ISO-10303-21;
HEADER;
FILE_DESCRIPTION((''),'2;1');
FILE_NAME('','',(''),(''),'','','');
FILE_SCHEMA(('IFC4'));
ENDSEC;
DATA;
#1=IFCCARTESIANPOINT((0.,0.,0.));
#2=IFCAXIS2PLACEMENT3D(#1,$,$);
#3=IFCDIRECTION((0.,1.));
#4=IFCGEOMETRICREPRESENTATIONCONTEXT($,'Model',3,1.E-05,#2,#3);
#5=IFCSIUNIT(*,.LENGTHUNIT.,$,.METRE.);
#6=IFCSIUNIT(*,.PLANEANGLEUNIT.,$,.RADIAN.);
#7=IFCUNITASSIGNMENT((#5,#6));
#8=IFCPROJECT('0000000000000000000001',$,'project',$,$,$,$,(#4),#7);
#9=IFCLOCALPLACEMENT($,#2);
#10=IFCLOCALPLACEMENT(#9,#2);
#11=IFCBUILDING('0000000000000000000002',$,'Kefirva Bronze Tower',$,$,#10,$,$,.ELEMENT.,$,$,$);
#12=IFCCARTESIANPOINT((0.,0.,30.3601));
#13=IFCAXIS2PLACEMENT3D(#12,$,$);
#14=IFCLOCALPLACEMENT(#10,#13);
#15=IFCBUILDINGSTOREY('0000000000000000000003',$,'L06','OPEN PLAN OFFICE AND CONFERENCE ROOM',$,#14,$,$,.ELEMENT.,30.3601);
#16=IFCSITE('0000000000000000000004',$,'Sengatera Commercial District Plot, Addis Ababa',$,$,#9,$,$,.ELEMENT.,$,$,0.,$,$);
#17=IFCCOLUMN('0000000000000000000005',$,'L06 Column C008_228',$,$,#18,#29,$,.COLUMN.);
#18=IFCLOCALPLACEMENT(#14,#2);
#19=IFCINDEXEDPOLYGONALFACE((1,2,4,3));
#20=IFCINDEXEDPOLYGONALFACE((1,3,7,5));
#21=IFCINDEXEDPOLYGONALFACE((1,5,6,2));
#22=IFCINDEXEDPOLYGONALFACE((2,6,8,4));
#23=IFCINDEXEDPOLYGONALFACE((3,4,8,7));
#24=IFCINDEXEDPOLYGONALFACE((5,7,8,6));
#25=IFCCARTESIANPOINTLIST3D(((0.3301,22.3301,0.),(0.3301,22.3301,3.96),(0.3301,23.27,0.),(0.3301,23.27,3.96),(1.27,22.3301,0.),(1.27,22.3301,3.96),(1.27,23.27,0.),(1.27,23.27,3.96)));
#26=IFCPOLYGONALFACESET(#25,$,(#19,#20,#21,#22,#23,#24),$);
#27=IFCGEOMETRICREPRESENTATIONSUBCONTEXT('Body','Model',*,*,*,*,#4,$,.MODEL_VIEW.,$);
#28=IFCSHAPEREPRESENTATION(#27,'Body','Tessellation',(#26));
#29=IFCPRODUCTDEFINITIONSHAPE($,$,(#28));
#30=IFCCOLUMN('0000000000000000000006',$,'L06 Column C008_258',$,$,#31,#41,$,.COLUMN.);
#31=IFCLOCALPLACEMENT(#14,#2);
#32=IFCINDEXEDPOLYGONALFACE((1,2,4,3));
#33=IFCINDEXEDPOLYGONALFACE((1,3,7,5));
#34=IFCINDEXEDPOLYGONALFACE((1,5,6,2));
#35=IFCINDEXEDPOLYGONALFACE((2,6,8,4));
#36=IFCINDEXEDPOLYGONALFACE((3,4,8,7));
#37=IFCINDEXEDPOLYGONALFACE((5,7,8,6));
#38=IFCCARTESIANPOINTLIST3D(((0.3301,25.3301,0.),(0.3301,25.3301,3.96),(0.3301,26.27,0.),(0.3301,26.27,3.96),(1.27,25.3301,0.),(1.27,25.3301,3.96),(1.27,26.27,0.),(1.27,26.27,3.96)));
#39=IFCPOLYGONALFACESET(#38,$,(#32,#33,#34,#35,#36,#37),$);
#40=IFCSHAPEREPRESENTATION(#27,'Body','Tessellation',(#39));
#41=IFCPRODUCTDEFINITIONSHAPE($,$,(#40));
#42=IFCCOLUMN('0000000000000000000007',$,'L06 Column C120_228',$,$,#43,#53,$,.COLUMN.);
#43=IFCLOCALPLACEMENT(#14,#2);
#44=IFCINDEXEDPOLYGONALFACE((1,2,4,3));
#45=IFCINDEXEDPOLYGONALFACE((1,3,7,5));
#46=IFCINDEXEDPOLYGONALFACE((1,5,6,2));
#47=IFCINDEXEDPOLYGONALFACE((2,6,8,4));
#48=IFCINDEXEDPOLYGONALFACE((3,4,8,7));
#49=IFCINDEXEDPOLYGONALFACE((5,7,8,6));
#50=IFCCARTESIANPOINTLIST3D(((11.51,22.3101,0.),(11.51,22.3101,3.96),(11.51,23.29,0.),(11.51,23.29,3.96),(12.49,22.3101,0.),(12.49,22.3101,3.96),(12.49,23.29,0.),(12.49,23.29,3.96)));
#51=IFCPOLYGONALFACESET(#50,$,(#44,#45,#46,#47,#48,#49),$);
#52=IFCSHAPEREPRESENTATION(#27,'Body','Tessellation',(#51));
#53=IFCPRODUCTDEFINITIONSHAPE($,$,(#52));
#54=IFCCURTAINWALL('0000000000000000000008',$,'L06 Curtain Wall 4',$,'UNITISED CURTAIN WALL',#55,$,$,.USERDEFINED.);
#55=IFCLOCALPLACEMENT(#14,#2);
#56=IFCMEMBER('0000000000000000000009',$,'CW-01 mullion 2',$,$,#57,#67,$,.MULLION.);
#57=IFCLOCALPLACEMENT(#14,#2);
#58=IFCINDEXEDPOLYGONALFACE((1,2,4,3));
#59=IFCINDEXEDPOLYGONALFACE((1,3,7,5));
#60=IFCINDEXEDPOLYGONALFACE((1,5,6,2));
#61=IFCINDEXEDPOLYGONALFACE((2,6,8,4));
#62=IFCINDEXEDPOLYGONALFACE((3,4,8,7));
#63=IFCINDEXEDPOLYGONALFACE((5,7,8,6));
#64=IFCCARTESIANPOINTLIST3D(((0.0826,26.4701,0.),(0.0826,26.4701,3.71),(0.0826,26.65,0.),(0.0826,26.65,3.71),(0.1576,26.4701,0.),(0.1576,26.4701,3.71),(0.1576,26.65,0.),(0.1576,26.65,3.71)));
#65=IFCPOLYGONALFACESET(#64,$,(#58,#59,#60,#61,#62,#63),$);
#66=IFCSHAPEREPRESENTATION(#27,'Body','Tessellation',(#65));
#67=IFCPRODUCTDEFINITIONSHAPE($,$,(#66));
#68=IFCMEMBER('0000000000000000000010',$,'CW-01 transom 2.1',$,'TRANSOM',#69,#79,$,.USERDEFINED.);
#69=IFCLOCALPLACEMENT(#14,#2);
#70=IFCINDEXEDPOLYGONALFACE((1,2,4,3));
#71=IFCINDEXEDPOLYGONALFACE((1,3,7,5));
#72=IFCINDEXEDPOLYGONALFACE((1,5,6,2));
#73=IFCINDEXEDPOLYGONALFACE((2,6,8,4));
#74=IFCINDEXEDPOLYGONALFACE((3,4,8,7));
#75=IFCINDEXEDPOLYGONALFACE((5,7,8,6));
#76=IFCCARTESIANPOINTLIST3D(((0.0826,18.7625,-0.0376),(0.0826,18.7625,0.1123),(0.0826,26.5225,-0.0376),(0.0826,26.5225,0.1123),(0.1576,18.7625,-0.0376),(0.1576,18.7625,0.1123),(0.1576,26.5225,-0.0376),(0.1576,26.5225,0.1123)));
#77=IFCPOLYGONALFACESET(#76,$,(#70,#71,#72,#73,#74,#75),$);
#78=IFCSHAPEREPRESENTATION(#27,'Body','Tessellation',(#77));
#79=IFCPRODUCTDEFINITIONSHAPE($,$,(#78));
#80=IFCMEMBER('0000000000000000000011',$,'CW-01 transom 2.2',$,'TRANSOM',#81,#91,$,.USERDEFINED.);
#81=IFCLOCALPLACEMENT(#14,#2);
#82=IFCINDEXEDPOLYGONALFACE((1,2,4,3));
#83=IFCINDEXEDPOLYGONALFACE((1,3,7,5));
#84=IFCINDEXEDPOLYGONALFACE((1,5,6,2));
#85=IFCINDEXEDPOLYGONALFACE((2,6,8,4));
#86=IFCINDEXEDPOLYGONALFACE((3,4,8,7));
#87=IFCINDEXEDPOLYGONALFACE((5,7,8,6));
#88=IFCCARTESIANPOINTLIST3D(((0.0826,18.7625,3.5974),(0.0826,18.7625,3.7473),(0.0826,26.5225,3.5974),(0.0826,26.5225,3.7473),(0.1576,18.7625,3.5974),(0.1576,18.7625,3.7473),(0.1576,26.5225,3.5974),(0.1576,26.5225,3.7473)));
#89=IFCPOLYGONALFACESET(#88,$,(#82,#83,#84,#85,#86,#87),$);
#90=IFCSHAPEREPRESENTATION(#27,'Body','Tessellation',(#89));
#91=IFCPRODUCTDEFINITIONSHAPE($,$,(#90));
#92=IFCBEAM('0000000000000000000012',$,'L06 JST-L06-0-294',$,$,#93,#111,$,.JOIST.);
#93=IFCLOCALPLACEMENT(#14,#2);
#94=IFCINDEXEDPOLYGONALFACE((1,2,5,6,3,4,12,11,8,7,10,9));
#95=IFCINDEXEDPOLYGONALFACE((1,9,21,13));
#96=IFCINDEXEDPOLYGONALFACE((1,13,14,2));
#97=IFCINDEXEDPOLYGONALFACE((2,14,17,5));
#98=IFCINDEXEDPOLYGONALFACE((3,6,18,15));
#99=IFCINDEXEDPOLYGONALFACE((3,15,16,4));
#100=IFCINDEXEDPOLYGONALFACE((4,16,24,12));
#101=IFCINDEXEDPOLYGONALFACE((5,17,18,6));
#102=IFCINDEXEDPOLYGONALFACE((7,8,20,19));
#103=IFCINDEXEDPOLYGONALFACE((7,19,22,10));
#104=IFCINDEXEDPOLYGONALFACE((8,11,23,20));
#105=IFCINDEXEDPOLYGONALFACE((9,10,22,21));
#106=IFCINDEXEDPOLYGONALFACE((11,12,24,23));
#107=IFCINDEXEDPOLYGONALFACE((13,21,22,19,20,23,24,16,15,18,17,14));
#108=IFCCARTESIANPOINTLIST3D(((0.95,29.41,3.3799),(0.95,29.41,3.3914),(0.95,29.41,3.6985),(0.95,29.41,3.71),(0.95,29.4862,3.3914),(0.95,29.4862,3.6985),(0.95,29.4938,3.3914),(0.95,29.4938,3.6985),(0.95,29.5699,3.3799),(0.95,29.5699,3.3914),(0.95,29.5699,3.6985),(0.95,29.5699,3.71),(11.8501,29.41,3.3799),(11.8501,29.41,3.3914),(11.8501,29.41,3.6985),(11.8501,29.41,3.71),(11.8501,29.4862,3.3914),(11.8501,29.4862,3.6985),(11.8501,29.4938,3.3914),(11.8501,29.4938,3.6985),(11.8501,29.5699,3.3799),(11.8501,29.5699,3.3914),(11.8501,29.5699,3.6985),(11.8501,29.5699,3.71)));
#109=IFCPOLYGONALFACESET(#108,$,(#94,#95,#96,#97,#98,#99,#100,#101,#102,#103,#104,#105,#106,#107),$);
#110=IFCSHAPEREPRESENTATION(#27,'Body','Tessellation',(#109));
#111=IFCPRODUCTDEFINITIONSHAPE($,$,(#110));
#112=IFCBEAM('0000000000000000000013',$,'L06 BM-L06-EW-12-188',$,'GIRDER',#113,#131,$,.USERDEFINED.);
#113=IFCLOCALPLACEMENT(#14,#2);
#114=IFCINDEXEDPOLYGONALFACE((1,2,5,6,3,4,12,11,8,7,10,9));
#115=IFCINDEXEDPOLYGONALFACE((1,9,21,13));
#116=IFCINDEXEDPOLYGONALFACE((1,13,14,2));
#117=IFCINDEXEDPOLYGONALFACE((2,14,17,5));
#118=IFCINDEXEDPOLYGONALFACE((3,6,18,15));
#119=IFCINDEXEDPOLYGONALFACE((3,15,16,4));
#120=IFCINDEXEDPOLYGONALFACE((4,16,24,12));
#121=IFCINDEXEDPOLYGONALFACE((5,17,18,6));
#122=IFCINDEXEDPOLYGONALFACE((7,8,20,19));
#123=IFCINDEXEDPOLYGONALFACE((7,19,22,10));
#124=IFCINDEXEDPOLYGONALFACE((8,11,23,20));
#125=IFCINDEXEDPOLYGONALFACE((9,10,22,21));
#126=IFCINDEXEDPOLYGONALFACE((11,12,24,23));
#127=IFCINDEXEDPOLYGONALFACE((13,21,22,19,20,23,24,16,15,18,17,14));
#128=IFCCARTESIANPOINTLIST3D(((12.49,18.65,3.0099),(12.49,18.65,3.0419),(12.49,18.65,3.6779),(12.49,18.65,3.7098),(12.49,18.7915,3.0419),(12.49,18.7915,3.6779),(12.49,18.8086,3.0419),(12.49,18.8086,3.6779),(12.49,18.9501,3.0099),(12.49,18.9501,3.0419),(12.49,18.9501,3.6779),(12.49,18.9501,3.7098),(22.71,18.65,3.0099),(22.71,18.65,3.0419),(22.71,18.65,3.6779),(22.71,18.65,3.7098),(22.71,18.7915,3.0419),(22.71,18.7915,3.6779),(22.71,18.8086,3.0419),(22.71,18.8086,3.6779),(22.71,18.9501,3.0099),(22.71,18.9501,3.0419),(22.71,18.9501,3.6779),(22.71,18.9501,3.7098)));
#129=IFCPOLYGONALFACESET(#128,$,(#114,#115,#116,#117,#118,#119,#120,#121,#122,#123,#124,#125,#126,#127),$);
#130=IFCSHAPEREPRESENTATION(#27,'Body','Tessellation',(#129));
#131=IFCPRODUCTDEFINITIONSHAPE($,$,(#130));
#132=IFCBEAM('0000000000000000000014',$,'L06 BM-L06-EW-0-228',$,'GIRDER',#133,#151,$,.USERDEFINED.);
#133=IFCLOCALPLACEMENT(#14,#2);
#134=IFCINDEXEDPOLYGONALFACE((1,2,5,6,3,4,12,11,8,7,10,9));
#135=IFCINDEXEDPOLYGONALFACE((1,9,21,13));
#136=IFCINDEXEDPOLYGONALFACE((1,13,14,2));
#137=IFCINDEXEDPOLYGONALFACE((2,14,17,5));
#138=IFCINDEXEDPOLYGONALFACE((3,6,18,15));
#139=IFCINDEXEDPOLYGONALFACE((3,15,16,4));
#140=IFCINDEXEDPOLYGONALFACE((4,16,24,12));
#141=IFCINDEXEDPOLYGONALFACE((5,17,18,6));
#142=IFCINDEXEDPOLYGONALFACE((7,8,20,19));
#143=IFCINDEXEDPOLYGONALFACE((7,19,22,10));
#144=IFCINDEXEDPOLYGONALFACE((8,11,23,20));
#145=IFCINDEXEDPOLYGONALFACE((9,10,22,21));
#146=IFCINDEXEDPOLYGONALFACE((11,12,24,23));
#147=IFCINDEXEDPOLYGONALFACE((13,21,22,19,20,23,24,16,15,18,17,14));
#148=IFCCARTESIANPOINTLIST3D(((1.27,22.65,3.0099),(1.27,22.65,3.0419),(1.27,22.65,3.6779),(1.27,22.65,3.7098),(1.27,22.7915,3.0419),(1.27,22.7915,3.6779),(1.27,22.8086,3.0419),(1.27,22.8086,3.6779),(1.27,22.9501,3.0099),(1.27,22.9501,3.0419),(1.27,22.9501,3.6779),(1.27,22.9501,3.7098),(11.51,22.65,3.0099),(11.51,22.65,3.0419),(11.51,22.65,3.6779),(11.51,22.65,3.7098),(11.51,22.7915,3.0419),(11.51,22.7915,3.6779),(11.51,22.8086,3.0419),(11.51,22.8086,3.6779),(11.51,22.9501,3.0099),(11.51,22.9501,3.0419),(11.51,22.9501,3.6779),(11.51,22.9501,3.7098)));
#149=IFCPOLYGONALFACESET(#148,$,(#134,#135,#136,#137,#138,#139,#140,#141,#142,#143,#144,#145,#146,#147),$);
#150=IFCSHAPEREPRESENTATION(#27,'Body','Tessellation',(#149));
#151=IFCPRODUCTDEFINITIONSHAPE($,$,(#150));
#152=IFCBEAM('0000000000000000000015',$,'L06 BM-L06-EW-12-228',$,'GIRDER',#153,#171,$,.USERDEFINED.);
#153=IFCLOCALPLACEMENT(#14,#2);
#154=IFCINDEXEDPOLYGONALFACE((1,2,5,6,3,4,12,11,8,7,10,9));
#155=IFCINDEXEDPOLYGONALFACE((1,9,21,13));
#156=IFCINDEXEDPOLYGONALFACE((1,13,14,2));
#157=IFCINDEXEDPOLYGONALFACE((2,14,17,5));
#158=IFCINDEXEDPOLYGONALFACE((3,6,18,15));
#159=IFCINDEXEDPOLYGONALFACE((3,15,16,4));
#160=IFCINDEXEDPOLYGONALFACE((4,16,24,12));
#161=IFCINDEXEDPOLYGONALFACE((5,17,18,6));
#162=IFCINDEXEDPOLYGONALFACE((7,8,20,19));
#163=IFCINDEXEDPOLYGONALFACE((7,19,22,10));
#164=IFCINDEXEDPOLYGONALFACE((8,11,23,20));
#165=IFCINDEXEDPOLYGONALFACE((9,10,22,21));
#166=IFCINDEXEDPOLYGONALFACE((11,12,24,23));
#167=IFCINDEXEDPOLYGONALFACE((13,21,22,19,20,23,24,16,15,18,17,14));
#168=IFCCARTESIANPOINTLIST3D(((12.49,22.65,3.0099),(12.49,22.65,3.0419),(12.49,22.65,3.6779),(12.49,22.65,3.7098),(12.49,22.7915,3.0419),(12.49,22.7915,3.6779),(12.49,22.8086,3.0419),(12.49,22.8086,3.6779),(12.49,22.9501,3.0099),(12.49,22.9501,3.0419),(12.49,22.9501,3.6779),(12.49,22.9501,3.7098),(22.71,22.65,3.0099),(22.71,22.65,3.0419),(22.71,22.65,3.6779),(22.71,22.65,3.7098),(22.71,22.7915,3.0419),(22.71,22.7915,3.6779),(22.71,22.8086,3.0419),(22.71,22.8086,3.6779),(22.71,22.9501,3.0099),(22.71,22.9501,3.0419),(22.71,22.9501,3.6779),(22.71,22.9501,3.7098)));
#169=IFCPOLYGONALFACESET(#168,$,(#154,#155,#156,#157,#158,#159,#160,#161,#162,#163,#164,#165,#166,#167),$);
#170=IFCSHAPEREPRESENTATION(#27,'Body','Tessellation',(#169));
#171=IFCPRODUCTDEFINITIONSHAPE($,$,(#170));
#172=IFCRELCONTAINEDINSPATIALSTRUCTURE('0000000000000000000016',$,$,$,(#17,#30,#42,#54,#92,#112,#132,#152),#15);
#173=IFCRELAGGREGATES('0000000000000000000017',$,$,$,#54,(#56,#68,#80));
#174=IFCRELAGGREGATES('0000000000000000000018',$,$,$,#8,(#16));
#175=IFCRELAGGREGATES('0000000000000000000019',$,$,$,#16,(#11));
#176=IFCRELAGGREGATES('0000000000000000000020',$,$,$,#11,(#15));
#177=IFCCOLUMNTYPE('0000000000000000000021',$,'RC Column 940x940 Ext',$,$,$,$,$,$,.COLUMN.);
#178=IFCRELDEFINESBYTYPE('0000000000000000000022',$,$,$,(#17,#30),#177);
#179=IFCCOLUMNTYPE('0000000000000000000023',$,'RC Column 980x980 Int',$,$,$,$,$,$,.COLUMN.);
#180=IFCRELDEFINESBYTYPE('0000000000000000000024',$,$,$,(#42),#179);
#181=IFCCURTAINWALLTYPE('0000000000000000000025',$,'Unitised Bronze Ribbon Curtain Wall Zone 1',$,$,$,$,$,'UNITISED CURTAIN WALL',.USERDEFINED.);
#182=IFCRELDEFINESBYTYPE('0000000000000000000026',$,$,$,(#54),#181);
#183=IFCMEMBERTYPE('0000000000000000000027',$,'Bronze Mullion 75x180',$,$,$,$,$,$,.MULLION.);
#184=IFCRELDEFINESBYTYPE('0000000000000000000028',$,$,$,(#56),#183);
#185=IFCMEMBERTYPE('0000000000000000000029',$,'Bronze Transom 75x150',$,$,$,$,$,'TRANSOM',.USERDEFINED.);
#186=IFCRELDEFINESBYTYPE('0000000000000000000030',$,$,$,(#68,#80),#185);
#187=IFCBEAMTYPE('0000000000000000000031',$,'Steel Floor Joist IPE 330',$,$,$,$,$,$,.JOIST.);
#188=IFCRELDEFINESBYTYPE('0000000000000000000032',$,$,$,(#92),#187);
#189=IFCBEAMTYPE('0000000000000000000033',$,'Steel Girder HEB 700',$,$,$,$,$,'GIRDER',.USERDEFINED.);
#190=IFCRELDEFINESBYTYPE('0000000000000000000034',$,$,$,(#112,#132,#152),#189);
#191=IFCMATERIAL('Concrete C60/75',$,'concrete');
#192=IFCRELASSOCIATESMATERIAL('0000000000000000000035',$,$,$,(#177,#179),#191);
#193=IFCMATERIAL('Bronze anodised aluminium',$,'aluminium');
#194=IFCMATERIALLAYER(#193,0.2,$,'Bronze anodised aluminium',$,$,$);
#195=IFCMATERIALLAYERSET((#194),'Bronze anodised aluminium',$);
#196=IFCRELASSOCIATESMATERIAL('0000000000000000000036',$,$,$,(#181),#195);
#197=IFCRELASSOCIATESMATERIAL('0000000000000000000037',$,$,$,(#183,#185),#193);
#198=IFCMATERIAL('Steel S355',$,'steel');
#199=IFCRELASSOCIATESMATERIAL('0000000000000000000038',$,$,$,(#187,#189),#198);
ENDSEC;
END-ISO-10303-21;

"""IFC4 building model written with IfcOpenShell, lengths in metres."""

from ifc_helpers import new_model, si_unit, direction, frame, origin, origin_2d, place, context, subcontext, project, spatial, rectangle, i_section, extrude, material, layer, layer_set, material_profile, profile_set, type_object, element, aggregate, save


model = new_model("IFC4")

# Units and contexts
model_context = context("Model", 3, precision=1e-05, world=origin(), true_north=direction((0.0, 1.0)))
body_context = subcontext(model_context, "Body", "Model", "MODEL_VIEW")
ifc_project = project(units=[si_unit("LENGTHUNIT", "METRE"), si_unit("PLANEANGLEUNIT", "RADIAN")], contexts=[model_context])

# Site, building, storey
site_placement = place(None, origin())
site = spatial("IfcSite", under=ifc_project, at=site_placement, Name="Sengatera Commercial District Plot, Addis Ababa", CompositionType="ELEMENT", RefElevation=0.0)
building_placement = place(site_placement, origin())
building = spatial("IfcBuilding", under=site, at=building_placement, Name="Kefirva Bronze Tower", CompositionType="ELEMENT")
storey_placement = place(building_placement, frame((0.0, 0.0, 30.3601)))
storey = spatial("IfcBuildingStorey", under=building, at=storey_placement, Name="L06", Description="OPEN PLAN OFFICE AND CONFERENCE ROOM", CompositionType="ELEMENT", Elevation=30.3601)

# Columns
ifc_material_1 = material(Name="Concrete C60/75", Category="concrete")
ifc_material_profile_1 = material_profile(ifc_material_1, rectangle(XDim=0.9399, YDim=0.9399, at=origin_2d()), Name="RC 940x940")
ifc_profile_set_1 = profile_set([ifc_material_profile_1], Name="Concrete C60/75")
column_type_1 = type_object("IfcColumnType", Name="RC Column 940x940 Ext", PredefinedType="COLUMN", material=ifc_profile_set_1)
for number, where, z_axis, x_axis, name in (
    (1, (0.8, 22.8, 0.0), (0.0, 0.0, 1.0), (1.0, 0.0, 0.0), "L06 Column C008_228"),
    (2, (0.8, 25.8, 0.0), (0.0, 0.0, 1.0), (1.0, 0.0, 0.0), "L06 Column C008_258"),
):
    element("IfcColumn", number, at=place(storey_placement, frame(where, z_axis=z_axis, x_axis=x_axis)), inside=storey, type_object=column_type_1, Name=name, PredefinedType="COLUMN", context=body_context, shape_type="SweptSolid", body=[
        extrude(rectangle(XDim=0.9399, YDim=0.9399, at=origin_2d()), origin(), (0.0, 0.0, 1.0), 3.96),
    ])
ifc_material_profile_2 = material_profile(ifc_material_1, rectangle(XDim=0.98, YDim=0.98, at=origin_2d()), Name="RC 980x980")
ifc_profile_set_2 = profile_set([ifc_material_profile_2], Name="Concrete C60/75")
column_type_2 = type_object("IfcColumnType", Name="RC Column 980x980 Int", PredefinedType="COLUMN", material=ifc_profile_set_2)
column_placement = place(storey_placement, frame((12.0, 22.8, 0.0), z_axis=(0.0, 0.0, 1.0), x_axis=(1.0, 0.0, 0.0)))
element("IfcColumn", 3, at=column_placement, inside=storey, type_object=column_type_2, Name="L06 Column C120_228", PredefinedType="COLUMN", context=body_context, shape_type="SweptSolid", body=[
    extrude(rectangle(XDim=0.98, YDim=0.98, at=origin_2d()), origin(), (0.0, 0.0, 1.0), 3.96),
])

# Curtain wall, members
ifc_material_2 = material(Name="Bronze anodised aluminium", Category="aluminium")
ifc_layer_1 = layer(ifc_material_2, 0.2, Name="Bronze anodised aluminium")
ifc_layer_set_1 = layer_set([ifc_layer_1], Name="Bronze anodised aluminium")
curtain_wall_type = type_object("IfcCurtainWallType", Name="Unitised Bronze Ribbon Curtain Wall Zone 1", ElementType="UNITISED CURTAIN WALL", PredefinedType="USERDEFINED", material=ifc_layer_set_1)
curtain_wall_placement = place(storey_placement, origin())
curtain_wall = element("IfcCurtainWall", 4, at=curtain_wall_placement, inside=storey, type_object=curtain_wall_type, Name="L06 Curtain Wall 4", ObjectType="UNITISED CURTAIN WALL", PredefinedType="USERDEFINED")
ifc_material_profile_3 = material_profile(ifc_material_2, rectangle(XDim=0.075, YDim=0.1799, at=origin_2d()), Name="ALU 75x180")
ifc_profile_set_3 = profile_set([ifc_material_profile_3], Name="Bronze anodised aluminium")
member_type_1 = type_object("IfcMemberType", Name="Bronze Mullion 75x180", PredefinedType="MULLION", material=ifc_profile_set_3)
member_1_placement = place(storey_placement, frame((0.1201, 26.5601, 0.0), z_axis=(0.0, 0.0, 1.0), x_axis=(1.0, 0.0, 0.0)))
member_1 = element("IfcMember", 5, at=member_1_placement, type_object=member_type_1, Name="CW-01 mullion 2", PredefinedType="MULLION", context=body_context, shape_type="SweptSolid", body=[
    extrude(rectangle(XDim=0.075, YDim=0.1799, at=origin_2d()), origin(), (0.0, 0.0, 1.0), 3.71),
])
ifc_material_profile_4 = material_profile(ifc_material_2, rectangle(XDim=0.075, YDim=0.1499, at=origin_2d()), Name="ALU 75x150")
ifc_profile_set_4 = profile_set([ifc_material_profile_4], Name="Bronze anodised aluminium")
member_type_2 = type_object("IfcMemberType", Name="Bronze Transom 75x150", ElementType="TRANSOM", PredefinedType="USERDEFINED", material=ifc_profile_set_4)
member_2_placement = place(storey_placement, frame((0.1201, 26.5225, 0.0374), z_axis=(0.0, -1.0, 0.0), x_axis=(1.0, 0.0, 0.0)))
member_2 = element("IfcMember", 6, at=member_2_placement, type_object=member_type_2, Name="CW-01 transom 2.1", ObjectType="TRANSOM", PredefinedType="USERDEFINED", context=body_context, shape_type="SweptSolid", body=[
    extrude(rectangle(XDim=0.075, YDim=0.1499, at=origin_2d()), origin(), (0.0, 0.0, 1.0), 7.76),
])
member_3_placement = place(storey_placement, frame((0.1201, 26.5225, 3.6724), z_axis=(0.0, -1.0, 0.0), x_axis=(1.0, 0.0, 0.0)))
member_3 = element("IfcMember", 7, at=member_3_placement, type_object=member_type_2, Name="CW-01 transom 2.2", ObjectType="TRANSOM", PredefinedType="USERDEFINED", context=body_context, shape_type="SweptSolid", body=[
    extrude(rectangle(XDim=0.075, YDim=0.1499, at=origin_2d()), origin(), (0.0, 0.0, 1.0), 7.76),
])

# Beams
ifc_material_3 = material(Name="Steel S355", Category="steel")
ifc_material_profile_5 = material_profile(ifc_material_3, i_section(OverallWidth=0.1599, OverallDepth=0.3301, WebThickness=0.0076, FlangeThickness=0.0115, at=origin_2d()), Name="IPE 330")
ifc_profile_set_5 = profile_set([ifc_material_profile_5], Name="Steel S355")
beam_type_1 = type_object("IfcBeamType", Name="Steel Floor Joist IPE 330", PredefinedType="JOIST", material=ifc_profile_set_5)
beam_1_placement = place(storey_placement, frame((0.95, 29.49, 3.5449), z_axis=(1.0, 0.0, 0.0), x_axis=(0.0, 1.0, 0.0)))
element("IfcBeam", 8, at=beam_1_placement, inside=storey, type_object=beam_type_1, Name="L06 JST-L06-0-294", PredefinedType="JOIST", context=body_context, shape_type="SweptSolid", body=[
    extrude(i_section(OverallWidth=0.1599, OverallDepth=0.3301, WebThickness=0.0076, FlangeThickness=0.0115, at=origin_2d()), origin(), (0.0, 0.0, 1.0), 10.9001),
])
ifc_material_profile_6 = material_profile(ifc_material_3, i_section(OverallWidth=0.3, OverallDepth=0.7, WebThickness=0.0171, FlangeThickness=0.032, at=origin_2d()), Name="HEB 700")
ifc_profile_set_6 = profile_set([ifc_material_profile_6], Name="Steel S355")
beam_type_2 = type_object("IfcBeamType", Name="Steel Girder HEB 700", ElementType="GIRDER", PredefinedType="USERDEFINED", material=ifc_profile_set_6)
beam_2_placement = place(storey_placement, frame((12.49, 18.8, 3.3599), z_axis=(1.0, 0.0, 0.0), x_axis=(0.0, 1.0, 0.0)))
element("IfcBeam", 9, at=beam_2_placement, inside=storey, type_object=beam_type_2, Name="L06 BM-L06-EW-12-188", ObjectType="GIRDER", PredefinedType="USERDEFINED", context=body_context, shape_type="SweptSolid", body=[
    extrude(i_section(OverallWidth=0.3, OverallDepth=0.7, WebThickness=0.0171, FlangeThickness=0.032, at=origin_2d()), origin(), (0.0, 0.0, 1.0), 10.22),
])
beam_3_placement = place(storey_placement, frame((1.27, 22.8, 3.3599), z_axis=(1.0, 0.0, 0.0), x_axis=(0.0, 1.0, 0.0)))
element("IfcBeam", 10, at=beam_3_placement, inside=storey, type_object=beam_type_2, Name="L06 BM-L06-EW-0-228", ObjectType="GIRDER", PredefinedType="USERDEFINED", context=body_context, shape_type="SweptSolid", body=[
    extrude(i_section(OverallWidth=0.3, OverallDepth=0.7, WebThickness=0.0171, FlangeThickness=0.032, at=origin_2d()), origin(), (0.0, 0.0, 1.0), 10.24),
])
beam_4_placement = place(storey_placement, frame((12.49, 22.8, 3.3599), z_axis=(1.0, 0.0, 0.0), x_axis=(0.0, 1.0, 0.0)))
element("IfcBeam", 11, at=beam_4_placement, inside=storey, type_object=beam_type_2, Name="L06 BM-L06-EW-12-228", ObjectType="GIRDER", PredefinedType="USERDEFINED", context=body_context, shape_type="SweptSolid", body=[
    extrude(i_section(OverallWidth=0.3, OverallDepth=0.7, WebThickness=0.0171, FlangeThickness=0.032, at=origin_2d()), origin(), (0.0, 0.0, 1.0), 10.22),
])

aggregate(curtain_wall, [member_1, member_2, member_3])

save(model, "model.ifc")
